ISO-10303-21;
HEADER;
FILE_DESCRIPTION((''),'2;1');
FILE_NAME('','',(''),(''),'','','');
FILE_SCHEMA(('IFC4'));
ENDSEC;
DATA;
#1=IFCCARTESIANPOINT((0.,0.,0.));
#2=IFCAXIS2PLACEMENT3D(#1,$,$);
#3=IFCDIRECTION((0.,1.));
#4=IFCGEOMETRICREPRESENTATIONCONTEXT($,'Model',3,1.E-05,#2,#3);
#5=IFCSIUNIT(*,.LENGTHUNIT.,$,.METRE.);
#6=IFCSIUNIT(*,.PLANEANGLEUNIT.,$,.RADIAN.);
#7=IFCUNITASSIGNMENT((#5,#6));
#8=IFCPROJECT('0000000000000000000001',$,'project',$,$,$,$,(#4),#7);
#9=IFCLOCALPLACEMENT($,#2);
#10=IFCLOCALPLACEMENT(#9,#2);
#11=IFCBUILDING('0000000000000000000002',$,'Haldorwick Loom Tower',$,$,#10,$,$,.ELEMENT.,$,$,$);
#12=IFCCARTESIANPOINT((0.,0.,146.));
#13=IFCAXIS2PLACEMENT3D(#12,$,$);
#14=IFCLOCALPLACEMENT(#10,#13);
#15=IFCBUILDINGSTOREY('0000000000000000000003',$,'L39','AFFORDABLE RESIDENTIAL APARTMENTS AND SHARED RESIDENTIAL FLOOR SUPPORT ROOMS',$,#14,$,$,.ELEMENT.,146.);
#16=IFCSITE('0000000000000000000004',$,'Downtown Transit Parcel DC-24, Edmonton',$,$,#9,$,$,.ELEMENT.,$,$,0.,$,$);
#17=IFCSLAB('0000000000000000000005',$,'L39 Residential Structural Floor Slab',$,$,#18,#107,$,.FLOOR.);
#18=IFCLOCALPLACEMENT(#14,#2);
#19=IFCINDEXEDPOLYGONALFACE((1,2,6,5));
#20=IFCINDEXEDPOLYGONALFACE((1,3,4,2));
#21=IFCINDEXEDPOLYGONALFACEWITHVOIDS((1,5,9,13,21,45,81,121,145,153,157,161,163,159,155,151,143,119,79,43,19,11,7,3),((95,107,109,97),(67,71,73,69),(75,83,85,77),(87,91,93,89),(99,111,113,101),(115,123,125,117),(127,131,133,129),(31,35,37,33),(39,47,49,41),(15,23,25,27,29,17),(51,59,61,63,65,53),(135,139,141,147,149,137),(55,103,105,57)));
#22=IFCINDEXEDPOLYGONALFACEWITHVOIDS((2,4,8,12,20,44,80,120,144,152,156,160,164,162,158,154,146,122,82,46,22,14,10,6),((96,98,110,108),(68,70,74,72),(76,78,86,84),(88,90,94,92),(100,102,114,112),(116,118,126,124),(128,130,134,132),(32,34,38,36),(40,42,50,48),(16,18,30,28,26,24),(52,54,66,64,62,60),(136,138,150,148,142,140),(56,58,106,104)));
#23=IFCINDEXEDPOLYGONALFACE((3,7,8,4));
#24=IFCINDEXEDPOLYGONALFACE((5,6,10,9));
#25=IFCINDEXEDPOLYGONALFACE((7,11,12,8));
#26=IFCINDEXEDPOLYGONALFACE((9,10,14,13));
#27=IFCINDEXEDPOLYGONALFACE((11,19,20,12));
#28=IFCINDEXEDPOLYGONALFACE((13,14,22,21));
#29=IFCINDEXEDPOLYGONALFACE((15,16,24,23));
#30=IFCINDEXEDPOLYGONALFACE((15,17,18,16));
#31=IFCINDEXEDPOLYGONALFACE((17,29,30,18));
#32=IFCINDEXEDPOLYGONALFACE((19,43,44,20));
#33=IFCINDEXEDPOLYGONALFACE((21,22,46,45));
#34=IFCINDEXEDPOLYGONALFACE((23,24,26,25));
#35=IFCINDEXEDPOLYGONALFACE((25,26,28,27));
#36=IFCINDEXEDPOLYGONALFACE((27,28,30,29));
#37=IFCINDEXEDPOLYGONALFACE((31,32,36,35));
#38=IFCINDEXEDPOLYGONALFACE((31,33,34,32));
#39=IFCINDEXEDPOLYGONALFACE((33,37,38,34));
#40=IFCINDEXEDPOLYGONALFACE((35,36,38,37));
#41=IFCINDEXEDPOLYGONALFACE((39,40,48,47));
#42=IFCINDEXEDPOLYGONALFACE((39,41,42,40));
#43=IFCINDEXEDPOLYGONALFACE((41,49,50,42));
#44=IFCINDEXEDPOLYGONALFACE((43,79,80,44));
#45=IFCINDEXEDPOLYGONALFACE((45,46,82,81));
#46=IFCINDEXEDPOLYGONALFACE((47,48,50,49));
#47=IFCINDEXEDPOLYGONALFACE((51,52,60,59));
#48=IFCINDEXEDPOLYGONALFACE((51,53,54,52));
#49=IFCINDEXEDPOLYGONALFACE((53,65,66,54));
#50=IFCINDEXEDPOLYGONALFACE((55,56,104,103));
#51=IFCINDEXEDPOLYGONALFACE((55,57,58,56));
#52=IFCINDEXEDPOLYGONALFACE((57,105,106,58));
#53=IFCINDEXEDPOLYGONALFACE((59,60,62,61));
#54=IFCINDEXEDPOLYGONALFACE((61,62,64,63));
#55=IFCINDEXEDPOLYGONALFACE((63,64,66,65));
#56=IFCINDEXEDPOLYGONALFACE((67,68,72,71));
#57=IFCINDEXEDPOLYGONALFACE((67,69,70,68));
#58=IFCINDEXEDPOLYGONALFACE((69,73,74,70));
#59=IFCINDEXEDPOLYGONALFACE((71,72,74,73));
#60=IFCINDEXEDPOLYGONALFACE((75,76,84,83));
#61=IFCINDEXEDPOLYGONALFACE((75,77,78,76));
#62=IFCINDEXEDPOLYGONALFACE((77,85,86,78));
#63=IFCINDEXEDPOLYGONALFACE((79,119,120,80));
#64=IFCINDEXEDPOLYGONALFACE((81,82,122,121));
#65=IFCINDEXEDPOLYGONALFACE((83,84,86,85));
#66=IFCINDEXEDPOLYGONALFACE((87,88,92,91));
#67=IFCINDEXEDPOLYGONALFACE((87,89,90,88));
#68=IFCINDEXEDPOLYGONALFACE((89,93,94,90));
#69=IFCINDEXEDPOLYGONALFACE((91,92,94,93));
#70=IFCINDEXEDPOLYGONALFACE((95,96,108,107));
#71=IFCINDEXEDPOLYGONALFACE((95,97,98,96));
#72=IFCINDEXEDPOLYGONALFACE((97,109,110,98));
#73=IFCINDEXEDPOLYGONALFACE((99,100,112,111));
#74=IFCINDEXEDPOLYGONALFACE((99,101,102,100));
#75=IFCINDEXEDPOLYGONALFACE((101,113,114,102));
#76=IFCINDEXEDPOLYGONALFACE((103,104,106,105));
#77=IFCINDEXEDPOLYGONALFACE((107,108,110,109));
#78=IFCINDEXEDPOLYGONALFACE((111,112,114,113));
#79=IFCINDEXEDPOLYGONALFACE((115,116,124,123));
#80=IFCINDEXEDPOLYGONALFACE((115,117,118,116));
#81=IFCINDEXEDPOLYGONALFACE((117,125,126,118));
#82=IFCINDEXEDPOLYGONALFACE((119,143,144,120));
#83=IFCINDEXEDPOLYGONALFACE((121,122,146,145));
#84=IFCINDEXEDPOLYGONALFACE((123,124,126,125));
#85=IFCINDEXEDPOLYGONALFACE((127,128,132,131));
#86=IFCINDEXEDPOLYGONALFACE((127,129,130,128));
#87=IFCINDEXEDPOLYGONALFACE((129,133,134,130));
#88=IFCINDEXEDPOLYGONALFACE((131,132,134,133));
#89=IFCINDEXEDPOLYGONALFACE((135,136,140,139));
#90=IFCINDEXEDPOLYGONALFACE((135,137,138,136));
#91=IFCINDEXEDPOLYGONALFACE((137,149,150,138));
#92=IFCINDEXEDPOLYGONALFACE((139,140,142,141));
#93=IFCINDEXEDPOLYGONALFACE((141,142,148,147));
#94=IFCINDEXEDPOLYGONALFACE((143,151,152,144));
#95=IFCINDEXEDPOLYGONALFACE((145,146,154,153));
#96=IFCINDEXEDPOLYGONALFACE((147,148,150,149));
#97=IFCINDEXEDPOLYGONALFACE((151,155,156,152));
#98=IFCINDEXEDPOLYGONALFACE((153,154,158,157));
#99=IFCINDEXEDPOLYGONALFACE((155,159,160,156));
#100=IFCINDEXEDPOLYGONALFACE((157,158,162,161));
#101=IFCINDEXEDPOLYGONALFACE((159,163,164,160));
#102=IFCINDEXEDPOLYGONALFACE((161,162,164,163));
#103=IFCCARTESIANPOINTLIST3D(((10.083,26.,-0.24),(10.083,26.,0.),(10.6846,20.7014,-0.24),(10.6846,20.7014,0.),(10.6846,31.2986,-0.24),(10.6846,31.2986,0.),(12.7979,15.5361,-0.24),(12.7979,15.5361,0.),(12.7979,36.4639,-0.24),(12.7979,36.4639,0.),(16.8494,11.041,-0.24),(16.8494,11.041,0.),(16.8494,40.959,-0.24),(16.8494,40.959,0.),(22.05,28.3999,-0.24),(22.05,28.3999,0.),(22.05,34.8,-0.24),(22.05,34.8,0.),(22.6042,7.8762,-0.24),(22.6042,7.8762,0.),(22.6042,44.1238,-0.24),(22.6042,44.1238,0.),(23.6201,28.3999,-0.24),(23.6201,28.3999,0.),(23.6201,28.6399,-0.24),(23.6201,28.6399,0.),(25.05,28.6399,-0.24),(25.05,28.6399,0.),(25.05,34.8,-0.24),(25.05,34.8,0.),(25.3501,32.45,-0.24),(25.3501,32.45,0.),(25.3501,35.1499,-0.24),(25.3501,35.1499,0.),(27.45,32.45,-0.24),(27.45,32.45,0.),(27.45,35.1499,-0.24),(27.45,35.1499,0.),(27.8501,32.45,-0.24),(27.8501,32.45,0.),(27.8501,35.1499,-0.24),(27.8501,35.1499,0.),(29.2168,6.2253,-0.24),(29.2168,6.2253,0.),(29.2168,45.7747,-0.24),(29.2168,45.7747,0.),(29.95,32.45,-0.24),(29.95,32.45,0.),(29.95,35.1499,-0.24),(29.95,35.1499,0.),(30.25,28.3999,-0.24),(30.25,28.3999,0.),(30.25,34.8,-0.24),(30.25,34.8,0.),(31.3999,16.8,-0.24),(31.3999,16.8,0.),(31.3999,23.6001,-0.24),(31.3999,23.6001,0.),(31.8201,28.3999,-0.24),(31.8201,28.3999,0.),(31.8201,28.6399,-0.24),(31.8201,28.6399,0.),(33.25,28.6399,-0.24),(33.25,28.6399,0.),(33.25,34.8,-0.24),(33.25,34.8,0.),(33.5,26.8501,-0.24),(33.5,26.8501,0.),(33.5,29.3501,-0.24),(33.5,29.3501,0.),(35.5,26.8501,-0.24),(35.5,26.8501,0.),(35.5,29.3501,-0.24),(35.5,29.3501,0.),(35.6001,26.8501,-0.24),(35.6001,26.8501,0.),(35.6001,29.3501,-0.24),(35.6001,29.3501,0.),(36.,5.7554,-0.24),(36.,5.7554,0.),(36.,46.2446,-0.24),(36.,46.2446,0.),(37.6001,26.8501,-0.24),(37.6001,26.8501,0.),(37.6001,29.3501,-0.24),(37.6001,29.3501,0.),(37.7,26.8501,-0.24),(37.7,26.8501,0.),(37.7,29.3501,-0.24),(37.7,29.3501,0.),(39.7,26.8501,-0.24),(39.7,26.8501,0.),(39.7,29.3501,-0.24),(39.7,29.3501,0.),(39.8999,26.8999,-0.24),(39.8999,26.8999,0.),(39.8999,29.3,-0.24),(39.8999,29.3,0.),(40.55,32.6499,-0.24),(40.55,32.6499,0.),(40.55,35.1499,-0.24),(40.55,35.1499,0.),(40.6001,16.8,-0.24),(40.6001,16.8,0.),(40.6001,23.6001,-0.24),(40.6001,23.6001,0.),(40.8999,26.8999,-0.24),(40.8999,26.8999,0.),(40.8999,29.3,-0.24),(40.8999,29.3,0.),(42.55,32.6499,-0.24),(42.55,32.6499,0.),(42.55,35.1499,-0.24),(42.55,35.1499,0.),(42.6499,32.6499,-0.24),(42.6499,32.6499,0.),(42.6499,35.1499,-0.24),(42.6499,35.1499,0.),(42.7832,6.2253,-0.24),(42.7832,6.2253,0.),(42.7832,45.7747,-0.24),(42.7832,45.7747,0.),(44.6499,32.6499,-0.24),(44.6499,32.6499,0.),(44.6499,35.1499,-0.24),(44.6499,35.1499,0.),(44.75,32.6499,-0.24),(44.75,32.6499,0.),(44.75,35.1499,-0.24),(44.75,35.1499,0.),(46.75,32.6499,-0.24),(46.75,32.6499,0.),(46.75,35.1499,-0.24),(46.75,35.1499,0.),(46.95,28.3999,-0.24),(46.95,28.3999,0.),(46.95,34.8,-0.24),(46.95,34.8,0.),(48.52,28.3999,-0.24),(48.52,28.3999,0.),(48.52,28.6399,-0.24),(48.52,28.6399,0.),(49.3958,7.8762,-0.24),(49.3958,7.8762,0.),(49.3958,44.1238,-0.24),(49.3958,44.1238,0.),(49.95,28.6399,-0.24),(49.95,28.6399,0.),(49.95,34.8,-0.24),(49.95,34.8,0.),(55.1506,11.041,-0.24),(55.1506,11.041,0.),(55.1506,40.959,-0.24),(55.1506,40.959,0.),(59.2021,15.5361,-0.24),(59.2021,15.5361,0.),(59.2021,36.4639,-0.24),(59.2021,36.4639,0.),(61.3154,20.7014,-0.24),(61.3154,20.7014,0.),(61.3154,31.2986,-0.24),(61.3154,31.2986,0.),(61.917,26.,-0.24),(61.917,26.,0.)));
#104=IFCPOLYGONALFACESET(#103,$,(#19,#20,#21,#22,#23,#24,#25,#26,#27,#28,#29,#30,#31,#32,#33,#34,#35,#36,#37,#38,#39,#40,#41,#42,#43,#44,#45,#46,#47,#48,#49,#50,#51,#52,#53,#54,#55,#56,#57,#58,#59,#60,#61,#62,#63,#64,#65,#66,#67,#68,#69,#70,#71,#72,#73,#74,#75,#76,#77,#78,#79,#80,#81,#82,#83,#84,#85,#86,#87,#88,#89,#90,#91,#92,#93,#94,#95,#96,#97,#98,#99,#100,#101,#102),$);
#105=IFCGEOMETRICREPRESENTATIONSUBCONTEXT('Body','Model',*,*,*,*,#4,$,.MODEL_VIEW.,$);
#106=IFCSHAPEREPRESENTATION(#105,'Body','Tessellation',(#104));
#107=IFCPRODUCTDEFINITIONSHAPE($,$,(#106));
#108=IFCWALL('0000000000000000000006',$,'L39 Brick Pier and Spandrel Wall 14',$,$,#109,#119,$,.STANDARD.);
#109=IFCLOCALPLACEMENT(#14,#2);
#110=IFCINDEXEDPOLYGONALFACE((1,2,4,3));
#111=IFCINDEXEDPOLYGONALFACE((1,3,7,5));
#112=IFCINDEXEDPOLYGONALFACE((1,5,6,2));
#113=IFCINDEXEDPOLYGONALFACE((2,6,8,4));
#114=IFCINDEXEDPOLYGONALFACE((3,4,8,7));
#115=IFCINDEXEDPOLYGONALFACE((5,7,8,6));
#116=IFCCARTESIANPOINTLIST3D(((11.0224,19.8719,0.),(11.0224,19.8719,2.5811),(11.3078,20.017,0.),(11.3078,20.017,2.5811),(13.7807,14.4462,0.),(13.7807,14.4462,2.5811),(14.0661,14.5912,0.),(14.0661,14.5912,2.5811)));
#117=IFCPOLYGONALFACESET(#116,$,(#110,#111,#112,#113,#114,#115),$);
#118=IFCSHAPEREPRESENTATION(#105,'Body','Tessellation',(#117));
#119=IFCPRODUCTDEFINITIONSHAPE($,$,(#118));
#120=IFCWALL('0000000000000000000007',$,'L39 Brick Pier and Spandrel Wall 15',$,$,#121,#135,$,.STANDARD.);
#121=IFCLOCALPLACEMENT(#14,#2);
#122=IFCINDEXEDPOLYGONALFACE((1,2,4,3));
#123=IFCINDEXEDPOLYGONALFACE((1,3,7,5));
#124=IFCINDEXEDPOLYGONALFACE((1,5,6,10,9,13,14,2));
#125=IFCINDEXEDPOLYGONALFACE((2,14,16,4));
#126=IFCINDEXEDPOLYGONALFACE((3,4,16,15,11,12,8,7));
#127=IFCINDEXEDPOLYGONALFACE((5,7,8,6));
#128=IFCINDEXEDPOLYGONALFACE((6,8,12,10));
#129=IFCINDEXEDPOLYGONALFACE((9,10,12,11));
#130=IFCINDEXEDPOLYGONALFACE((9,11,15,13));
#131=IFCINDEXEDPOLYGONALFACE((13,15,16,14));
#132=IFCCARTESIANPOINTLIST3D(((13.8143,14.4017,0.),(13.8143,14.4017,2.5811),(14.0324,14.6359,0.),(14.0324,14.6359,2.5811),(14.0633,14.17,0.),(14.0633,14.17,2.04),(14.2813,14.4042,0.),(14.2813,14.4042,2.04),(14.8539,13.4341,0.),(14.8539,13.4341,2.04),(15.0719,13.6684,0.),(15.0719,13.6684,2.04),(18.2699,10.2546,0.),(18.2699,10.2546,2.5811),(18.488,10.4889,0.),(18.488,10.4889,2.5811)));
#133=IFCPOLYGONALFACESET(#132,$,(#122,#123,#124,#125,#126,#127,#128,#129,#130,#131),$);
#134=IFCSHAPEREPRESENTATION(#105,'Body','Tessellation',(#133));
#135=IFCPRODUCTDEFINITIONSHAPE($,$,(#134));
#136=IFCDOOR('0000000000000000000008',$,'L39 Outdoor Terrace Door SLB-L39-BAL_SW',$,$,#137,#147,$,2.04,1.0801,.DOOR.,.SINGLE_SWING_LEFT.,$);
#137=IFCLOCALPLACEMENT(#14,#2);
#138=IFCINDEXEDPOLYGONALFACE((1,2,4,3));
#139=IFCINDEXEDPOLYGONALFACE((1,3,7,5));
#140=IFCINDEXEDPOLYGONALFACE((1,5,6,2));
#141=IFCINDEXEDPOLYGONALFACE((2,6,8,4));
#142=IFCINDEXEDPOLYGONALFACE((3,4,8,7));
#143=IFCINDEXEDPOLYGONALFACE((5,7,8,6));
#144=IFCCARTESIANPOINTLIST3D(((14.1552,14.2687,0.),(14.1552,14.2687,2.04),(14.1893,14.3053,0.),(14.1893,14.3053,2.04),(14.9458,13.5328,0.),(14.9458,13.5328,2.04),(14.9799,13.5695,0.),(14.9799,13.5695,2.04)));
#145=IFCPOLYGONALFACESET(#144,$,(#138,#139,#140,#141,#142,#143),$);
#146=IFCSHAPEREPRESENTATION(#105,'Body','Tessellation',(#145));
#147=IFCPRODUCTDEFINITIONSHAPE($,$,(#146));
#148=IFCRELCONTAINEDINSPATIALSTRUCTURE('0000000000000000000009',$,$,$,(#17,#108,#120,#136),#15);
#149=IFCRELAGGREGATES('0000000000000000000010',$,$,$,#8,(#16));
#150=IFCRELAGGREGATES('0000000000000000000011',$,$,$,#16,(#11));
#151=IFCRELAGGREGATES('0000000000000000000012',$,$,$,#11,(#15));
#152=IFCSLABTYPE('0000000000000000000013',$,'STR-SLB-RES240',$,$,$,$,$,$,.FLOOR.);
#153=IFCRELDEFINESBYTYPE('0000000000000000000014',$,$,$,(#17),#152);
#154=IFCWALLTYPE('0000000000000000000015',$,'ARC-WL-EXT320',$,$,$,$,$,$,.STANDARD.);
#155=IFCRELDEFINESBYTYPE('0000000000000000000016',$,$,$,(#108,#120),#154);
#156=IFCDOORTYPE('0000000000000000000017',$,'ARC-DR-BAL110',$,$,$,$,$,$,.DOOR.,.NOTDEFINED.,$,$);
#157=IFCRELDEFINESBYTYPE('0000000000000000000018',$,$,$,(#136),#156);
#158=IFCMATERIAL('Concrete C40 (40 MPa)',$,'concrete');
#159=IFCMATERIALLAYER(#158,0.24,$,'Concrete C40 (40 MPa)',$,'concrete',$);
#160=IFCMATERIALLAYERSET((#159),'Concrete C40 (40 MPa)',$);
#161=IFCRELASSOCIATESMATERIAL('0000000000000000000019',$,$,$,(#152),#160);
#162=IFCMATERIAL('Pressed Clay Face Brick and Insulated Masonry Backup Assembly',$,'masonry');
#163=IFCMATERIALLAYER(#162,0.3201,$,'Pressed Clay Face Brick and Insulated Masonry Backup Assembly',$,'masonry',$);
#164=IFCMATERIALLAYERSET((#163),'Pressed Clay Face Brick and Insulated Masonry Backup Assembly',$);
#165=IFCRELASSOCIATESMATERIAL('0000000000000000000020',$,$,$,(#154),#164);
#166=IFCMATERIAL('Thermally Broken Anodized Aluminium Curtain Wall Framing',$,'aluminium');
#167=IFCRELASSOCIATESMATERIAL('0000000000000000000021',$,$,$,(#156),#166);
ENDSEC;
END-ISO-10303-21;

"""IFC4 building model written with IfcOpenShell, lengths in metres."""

from ifc_helpers import new_model, si_unit, direction, frame, frame_2d, origin, place, context, subcontext, project, spatial, polyline, rectangle, outline, extrude, material, layer, layer_set, type_object, element, fill, save


model = new_model("IFC4")

# Units and contexts
model_context = context("Model", 3, precision=1e-05, world=origin(), true_north=direction((0.0, 1.0)))
body_context = subcontext(model_context, "Body", "Model", "MODEL_VIEW")
ifc_project = project(units=[si_unit("LENGTHUNIT", "METRE"), si_unit("PLANEANGLEUNIT", "RADIAN")], contexts=[model_context])

# Site, building, storey
site_placement = place(None, origin())
site = spatial("IfcSite", under=ifc_project, at=site_placement, Name="Downtown Transit Parcel DC-24, Edmonton", CompositionType="ELEMENT", RefElevation=0.0)
building_placement = place(site_placement, origin())
building = spatial("IfcBuilding", under=site, at=building_placement, Name="Haldorwick Loom Tower", CompositionType="ELEMENT")
storey_placement = place(building_placement, frame((0.0, 0.0, 146.0)))
storey = spatial("IfcBuildingStorey", under=building, at=storey_placement, Name="L39", Description="AFFORDABLE RESIDENTIAL APARTMENTS AND SHARED RESIDENTIAL FLOOR SUPPORT ROOMS", CompositionType="ELEMENT", Elevation=146.0)

# Shared definitions
ifc_material_1 = material(Name="Concrete C40 (40 MPa)", Category="concrete")

# Slab
ifc_layer_1 = layer(ifc_material_1, 0.24, Name="Concrete C40 (40 MPa)", Category="concrete")
ifc_layer_set_1 = layer_set([ifc_layer_1], Name="Concrete C40 (40 MPa)")
slab_type_1 = type_object("IfcSlabType", Name="STR-SLB-RES240", PredefinedType="FLOOR", material=ifc_layer_set_1)
slab_1_placement = place(storey_placement, frame((0.0, 0.0, -0.24)))
element("IfcSlab", 1, at=slab_1_placement, inside=storey, type_object=slab_type_1, Name="L39 Residential Structural Floor Slab", PredefinedType="FLOOR", context=body_context, shape_type="SweptSolid", body=[
    extrude(outline(polyline([(55.1506, 11.041), (59.2021, 15.5361), (61.3154, 20.7014), (61.917, 26.0), (61.3154, 31.2986), (59.2021, 36.4639), (55.1506, 40.959), (49.3958, 44.1238), (42.7832, 45.7747), (36.0, 46.2446), (29.2168, 45.7747), (22.6042, 44.1238), (16.8494, 40.959), (12.7979, 36.4639), (10.6846, 31.2986), (10.083, 26.0), (10.6846, 20.7014), (12.7979, 15.5361), (16.8494, 11.041), (22.6042, 7.8762), (29.2168, 6.2253), (36.0, 5.7554), (42.7832, 6.2253), (49.3958, 7.8762), (55.1506, 11.041)]), holes=[polyline([(31.3999, 16.8), (31.3999, 23.6001), (40.6001, 23.6001), (40.6001, 16.8), (31.3999, 16.8)]), polyline([(33.5, 26.8501), (33.5, 29.3501), (35.5, 29.3501), (35.5, 26.8501), (33.5, 26.8501)]), polyline([(35.6001, 26.8501), (35.6001, 29.3501), (37.6001, 29.3501), (37.6001, 26.8501), (35.6001, 26.8501)]), polyline([(23.6201, 28.3999), (22.05, 28.3999), (22.05, 34.8), (25.05, 34.8), (25.05, 28.6399), (23.6201, 28.6399), (23.6201, 28.3999)]), polyline([(30.25, 28.3999), (30.25, 34.8), (33.25, 34.8), (33.25, 28.6399), (31.8201, 28.6399), (31.8201, 28.3999), (30.25, 28.3999)]), polyline([(25.3501, 32.45), (25.3501, 35.1499), (27.45, 35.1499), (27.45, 32.45), (25.3501, 32.45)]), polyline([(29.95, 32.45), (27.8501, 32.45), (27.8501, 35.1499), (29.95, 35.1499), (29.95, 32.45)]), polyline([(37.7, 26.8501), (37.7, 29.3501), (39.7, 29.3501), (39.7, 26.8501), (37.7, 26.8501)]), polyline([(39.8999, 26.8999), (39.8999, 29.3), (40.8999, 29.3), (40.8999, 26.8999), (39.8999, 26.8999)]), polyline([(46.95, 28.3999), (46.95, 34.8), (49.95, 34.8), (49.95, 28.6399), (48.52, 28.6399), (48.52, 28.3999), (46.95, 28.3999)]), polyline([(40.55, 32.6499), (40.55, 35.1499), (42.55, 35.1499), (42.55, 32.6499), (40.55, 32.6499)]), polyline([(42.6499, 32.6499), (42.6499, 35.1499), (44.6499, 35.1499), (44.6499, 32.6499), (42.6499, 32.6499)]), polyline([(44.75, 32.6499), (44.75, 35.1499), (46.75, 35.1499), (46.75, 32.6499), (44.75, 32.6499)])]), origin(), (0.0, 0.0, 1.0), 0.24),
])

# Wall
ifc_material_2 = material(Name="Pressed Clay Face Brick and Insulated Masonry Backup Assembly", Category="masonry")
ifc_layer_2 = layer(ifc_material_2, 0.3201, Name="Pressed Clay Face Brick and Insulated Masonry Backup Assembly", Category="masonry")
ifc_layer_set_2 = layer_set([ifc_layer_2], Name="Pressed Clay Face Brick and Insulated Masonry Backup Assembly")
wall_type_1 = type_object("IfcWallType", Name="ARC-WL-EXT320", PredefinedType="STANDARD", material=ifc_layer_set_2)
wall_1_placement = place(storey_placement, frame((11.165, 19.9446, 0.0), z_axis=(0.0, 0.0, 1.0), x_axis=(0.453172, -0.891423, 0.0)))
element("IfcWall", 2, at=wall_1_placement, inside=storey, type_object=wall_type_1, Name="L39 Brick Pier and Spandrel Wall 14", PredefinedType="STANDARD", context=body_context, shape_type="SweptSolid", body=[
    extrude(rectangle(XDim=6.0867, YDim=0.3201, at=frame_2d((3.0435, 0.0))), origin(), (0.0, 0.0, 1.0), 2.5811),
])

# Wall, opening, door
wall_2_placement = place(storey_placement, frame((13.9233, 14.5188, 0.0), z_axis=(0.0, 0.0, 1.0), x_axis=(0.732002, -0.681303, 0.0)))
wall_2 = element("IfcWall", 3, at=wall_2_placement, inside=storey, type_object=wall_type_1, Name="L39 Brick Pier and Spandrel Wall 15", PredefinedType="STANDARD", context=body_context, shape_type="SweptSolid", body=[
    extrude(rectangle(XDim=6.0869, YDim=0.3201, at=frame_2d((3.0435, 0.0))), origin(), (0.0, 0.0, 1.0), 2.5811),
])
opening_1_placement = place(wall_2_placement, frame((0.3401, 0.0, 0.0)))
opening_1 = element("IfcOpeningElement", 4, at=opening_1_placement, cuts=wall_2, PredefinedType="OPENING", context=body_context, shape_type="SweptSolid", body=[
    extrude(rectangle(XDim=1.0801, YDim=2.04, at=frame_2d((0.54, 1.02))), frame((0.0, 0.1699, 0.0), z_axis=(0.0, -1.0, 0.0), x_axis=(1.0, 0.0, 0.0)), (0.0, 0.0, 1.0), 0.3401),
])
ifc_material_3 = material(Name="Thermally Broken Anodized Aluminium Curtain Wall Framing", Category="aluminium")
door_type = type_object("IfcDoorType", Name="ARC-DR-BAL110", OperationType="NOTDEFINED", PredefinedType="DOOR", material=ifc_material_3)
door_placement = place(opening_1_placement, origin())
door = element("IfcDoor", 5, at=door_placement, inside=storey, type_object=door_type, Name="L39 Outdoor Terrace Door SLB-L39-BAL_SW", OperationType="SINGLE_SWING_LEFT", OverallHeight=2.04, OverallWidth=1.0801, PredefinedType="DOOR", context=body_context, shape_type="SweptSolid", body=[
    extrude(rectangle(XDim=1.0801, YDim=2.04, at=frame_2d((0.54, 1.02))), frame((0.0, 0.0249, 0.0), z_axis=(0.0, -1.0, 0.0), x_axis=(1.0, 0.0, 0.0)), (0.0, 0.0, 1.0), 0.05),
])
fill(opening_1, door)

save(model, "model.ifc")
